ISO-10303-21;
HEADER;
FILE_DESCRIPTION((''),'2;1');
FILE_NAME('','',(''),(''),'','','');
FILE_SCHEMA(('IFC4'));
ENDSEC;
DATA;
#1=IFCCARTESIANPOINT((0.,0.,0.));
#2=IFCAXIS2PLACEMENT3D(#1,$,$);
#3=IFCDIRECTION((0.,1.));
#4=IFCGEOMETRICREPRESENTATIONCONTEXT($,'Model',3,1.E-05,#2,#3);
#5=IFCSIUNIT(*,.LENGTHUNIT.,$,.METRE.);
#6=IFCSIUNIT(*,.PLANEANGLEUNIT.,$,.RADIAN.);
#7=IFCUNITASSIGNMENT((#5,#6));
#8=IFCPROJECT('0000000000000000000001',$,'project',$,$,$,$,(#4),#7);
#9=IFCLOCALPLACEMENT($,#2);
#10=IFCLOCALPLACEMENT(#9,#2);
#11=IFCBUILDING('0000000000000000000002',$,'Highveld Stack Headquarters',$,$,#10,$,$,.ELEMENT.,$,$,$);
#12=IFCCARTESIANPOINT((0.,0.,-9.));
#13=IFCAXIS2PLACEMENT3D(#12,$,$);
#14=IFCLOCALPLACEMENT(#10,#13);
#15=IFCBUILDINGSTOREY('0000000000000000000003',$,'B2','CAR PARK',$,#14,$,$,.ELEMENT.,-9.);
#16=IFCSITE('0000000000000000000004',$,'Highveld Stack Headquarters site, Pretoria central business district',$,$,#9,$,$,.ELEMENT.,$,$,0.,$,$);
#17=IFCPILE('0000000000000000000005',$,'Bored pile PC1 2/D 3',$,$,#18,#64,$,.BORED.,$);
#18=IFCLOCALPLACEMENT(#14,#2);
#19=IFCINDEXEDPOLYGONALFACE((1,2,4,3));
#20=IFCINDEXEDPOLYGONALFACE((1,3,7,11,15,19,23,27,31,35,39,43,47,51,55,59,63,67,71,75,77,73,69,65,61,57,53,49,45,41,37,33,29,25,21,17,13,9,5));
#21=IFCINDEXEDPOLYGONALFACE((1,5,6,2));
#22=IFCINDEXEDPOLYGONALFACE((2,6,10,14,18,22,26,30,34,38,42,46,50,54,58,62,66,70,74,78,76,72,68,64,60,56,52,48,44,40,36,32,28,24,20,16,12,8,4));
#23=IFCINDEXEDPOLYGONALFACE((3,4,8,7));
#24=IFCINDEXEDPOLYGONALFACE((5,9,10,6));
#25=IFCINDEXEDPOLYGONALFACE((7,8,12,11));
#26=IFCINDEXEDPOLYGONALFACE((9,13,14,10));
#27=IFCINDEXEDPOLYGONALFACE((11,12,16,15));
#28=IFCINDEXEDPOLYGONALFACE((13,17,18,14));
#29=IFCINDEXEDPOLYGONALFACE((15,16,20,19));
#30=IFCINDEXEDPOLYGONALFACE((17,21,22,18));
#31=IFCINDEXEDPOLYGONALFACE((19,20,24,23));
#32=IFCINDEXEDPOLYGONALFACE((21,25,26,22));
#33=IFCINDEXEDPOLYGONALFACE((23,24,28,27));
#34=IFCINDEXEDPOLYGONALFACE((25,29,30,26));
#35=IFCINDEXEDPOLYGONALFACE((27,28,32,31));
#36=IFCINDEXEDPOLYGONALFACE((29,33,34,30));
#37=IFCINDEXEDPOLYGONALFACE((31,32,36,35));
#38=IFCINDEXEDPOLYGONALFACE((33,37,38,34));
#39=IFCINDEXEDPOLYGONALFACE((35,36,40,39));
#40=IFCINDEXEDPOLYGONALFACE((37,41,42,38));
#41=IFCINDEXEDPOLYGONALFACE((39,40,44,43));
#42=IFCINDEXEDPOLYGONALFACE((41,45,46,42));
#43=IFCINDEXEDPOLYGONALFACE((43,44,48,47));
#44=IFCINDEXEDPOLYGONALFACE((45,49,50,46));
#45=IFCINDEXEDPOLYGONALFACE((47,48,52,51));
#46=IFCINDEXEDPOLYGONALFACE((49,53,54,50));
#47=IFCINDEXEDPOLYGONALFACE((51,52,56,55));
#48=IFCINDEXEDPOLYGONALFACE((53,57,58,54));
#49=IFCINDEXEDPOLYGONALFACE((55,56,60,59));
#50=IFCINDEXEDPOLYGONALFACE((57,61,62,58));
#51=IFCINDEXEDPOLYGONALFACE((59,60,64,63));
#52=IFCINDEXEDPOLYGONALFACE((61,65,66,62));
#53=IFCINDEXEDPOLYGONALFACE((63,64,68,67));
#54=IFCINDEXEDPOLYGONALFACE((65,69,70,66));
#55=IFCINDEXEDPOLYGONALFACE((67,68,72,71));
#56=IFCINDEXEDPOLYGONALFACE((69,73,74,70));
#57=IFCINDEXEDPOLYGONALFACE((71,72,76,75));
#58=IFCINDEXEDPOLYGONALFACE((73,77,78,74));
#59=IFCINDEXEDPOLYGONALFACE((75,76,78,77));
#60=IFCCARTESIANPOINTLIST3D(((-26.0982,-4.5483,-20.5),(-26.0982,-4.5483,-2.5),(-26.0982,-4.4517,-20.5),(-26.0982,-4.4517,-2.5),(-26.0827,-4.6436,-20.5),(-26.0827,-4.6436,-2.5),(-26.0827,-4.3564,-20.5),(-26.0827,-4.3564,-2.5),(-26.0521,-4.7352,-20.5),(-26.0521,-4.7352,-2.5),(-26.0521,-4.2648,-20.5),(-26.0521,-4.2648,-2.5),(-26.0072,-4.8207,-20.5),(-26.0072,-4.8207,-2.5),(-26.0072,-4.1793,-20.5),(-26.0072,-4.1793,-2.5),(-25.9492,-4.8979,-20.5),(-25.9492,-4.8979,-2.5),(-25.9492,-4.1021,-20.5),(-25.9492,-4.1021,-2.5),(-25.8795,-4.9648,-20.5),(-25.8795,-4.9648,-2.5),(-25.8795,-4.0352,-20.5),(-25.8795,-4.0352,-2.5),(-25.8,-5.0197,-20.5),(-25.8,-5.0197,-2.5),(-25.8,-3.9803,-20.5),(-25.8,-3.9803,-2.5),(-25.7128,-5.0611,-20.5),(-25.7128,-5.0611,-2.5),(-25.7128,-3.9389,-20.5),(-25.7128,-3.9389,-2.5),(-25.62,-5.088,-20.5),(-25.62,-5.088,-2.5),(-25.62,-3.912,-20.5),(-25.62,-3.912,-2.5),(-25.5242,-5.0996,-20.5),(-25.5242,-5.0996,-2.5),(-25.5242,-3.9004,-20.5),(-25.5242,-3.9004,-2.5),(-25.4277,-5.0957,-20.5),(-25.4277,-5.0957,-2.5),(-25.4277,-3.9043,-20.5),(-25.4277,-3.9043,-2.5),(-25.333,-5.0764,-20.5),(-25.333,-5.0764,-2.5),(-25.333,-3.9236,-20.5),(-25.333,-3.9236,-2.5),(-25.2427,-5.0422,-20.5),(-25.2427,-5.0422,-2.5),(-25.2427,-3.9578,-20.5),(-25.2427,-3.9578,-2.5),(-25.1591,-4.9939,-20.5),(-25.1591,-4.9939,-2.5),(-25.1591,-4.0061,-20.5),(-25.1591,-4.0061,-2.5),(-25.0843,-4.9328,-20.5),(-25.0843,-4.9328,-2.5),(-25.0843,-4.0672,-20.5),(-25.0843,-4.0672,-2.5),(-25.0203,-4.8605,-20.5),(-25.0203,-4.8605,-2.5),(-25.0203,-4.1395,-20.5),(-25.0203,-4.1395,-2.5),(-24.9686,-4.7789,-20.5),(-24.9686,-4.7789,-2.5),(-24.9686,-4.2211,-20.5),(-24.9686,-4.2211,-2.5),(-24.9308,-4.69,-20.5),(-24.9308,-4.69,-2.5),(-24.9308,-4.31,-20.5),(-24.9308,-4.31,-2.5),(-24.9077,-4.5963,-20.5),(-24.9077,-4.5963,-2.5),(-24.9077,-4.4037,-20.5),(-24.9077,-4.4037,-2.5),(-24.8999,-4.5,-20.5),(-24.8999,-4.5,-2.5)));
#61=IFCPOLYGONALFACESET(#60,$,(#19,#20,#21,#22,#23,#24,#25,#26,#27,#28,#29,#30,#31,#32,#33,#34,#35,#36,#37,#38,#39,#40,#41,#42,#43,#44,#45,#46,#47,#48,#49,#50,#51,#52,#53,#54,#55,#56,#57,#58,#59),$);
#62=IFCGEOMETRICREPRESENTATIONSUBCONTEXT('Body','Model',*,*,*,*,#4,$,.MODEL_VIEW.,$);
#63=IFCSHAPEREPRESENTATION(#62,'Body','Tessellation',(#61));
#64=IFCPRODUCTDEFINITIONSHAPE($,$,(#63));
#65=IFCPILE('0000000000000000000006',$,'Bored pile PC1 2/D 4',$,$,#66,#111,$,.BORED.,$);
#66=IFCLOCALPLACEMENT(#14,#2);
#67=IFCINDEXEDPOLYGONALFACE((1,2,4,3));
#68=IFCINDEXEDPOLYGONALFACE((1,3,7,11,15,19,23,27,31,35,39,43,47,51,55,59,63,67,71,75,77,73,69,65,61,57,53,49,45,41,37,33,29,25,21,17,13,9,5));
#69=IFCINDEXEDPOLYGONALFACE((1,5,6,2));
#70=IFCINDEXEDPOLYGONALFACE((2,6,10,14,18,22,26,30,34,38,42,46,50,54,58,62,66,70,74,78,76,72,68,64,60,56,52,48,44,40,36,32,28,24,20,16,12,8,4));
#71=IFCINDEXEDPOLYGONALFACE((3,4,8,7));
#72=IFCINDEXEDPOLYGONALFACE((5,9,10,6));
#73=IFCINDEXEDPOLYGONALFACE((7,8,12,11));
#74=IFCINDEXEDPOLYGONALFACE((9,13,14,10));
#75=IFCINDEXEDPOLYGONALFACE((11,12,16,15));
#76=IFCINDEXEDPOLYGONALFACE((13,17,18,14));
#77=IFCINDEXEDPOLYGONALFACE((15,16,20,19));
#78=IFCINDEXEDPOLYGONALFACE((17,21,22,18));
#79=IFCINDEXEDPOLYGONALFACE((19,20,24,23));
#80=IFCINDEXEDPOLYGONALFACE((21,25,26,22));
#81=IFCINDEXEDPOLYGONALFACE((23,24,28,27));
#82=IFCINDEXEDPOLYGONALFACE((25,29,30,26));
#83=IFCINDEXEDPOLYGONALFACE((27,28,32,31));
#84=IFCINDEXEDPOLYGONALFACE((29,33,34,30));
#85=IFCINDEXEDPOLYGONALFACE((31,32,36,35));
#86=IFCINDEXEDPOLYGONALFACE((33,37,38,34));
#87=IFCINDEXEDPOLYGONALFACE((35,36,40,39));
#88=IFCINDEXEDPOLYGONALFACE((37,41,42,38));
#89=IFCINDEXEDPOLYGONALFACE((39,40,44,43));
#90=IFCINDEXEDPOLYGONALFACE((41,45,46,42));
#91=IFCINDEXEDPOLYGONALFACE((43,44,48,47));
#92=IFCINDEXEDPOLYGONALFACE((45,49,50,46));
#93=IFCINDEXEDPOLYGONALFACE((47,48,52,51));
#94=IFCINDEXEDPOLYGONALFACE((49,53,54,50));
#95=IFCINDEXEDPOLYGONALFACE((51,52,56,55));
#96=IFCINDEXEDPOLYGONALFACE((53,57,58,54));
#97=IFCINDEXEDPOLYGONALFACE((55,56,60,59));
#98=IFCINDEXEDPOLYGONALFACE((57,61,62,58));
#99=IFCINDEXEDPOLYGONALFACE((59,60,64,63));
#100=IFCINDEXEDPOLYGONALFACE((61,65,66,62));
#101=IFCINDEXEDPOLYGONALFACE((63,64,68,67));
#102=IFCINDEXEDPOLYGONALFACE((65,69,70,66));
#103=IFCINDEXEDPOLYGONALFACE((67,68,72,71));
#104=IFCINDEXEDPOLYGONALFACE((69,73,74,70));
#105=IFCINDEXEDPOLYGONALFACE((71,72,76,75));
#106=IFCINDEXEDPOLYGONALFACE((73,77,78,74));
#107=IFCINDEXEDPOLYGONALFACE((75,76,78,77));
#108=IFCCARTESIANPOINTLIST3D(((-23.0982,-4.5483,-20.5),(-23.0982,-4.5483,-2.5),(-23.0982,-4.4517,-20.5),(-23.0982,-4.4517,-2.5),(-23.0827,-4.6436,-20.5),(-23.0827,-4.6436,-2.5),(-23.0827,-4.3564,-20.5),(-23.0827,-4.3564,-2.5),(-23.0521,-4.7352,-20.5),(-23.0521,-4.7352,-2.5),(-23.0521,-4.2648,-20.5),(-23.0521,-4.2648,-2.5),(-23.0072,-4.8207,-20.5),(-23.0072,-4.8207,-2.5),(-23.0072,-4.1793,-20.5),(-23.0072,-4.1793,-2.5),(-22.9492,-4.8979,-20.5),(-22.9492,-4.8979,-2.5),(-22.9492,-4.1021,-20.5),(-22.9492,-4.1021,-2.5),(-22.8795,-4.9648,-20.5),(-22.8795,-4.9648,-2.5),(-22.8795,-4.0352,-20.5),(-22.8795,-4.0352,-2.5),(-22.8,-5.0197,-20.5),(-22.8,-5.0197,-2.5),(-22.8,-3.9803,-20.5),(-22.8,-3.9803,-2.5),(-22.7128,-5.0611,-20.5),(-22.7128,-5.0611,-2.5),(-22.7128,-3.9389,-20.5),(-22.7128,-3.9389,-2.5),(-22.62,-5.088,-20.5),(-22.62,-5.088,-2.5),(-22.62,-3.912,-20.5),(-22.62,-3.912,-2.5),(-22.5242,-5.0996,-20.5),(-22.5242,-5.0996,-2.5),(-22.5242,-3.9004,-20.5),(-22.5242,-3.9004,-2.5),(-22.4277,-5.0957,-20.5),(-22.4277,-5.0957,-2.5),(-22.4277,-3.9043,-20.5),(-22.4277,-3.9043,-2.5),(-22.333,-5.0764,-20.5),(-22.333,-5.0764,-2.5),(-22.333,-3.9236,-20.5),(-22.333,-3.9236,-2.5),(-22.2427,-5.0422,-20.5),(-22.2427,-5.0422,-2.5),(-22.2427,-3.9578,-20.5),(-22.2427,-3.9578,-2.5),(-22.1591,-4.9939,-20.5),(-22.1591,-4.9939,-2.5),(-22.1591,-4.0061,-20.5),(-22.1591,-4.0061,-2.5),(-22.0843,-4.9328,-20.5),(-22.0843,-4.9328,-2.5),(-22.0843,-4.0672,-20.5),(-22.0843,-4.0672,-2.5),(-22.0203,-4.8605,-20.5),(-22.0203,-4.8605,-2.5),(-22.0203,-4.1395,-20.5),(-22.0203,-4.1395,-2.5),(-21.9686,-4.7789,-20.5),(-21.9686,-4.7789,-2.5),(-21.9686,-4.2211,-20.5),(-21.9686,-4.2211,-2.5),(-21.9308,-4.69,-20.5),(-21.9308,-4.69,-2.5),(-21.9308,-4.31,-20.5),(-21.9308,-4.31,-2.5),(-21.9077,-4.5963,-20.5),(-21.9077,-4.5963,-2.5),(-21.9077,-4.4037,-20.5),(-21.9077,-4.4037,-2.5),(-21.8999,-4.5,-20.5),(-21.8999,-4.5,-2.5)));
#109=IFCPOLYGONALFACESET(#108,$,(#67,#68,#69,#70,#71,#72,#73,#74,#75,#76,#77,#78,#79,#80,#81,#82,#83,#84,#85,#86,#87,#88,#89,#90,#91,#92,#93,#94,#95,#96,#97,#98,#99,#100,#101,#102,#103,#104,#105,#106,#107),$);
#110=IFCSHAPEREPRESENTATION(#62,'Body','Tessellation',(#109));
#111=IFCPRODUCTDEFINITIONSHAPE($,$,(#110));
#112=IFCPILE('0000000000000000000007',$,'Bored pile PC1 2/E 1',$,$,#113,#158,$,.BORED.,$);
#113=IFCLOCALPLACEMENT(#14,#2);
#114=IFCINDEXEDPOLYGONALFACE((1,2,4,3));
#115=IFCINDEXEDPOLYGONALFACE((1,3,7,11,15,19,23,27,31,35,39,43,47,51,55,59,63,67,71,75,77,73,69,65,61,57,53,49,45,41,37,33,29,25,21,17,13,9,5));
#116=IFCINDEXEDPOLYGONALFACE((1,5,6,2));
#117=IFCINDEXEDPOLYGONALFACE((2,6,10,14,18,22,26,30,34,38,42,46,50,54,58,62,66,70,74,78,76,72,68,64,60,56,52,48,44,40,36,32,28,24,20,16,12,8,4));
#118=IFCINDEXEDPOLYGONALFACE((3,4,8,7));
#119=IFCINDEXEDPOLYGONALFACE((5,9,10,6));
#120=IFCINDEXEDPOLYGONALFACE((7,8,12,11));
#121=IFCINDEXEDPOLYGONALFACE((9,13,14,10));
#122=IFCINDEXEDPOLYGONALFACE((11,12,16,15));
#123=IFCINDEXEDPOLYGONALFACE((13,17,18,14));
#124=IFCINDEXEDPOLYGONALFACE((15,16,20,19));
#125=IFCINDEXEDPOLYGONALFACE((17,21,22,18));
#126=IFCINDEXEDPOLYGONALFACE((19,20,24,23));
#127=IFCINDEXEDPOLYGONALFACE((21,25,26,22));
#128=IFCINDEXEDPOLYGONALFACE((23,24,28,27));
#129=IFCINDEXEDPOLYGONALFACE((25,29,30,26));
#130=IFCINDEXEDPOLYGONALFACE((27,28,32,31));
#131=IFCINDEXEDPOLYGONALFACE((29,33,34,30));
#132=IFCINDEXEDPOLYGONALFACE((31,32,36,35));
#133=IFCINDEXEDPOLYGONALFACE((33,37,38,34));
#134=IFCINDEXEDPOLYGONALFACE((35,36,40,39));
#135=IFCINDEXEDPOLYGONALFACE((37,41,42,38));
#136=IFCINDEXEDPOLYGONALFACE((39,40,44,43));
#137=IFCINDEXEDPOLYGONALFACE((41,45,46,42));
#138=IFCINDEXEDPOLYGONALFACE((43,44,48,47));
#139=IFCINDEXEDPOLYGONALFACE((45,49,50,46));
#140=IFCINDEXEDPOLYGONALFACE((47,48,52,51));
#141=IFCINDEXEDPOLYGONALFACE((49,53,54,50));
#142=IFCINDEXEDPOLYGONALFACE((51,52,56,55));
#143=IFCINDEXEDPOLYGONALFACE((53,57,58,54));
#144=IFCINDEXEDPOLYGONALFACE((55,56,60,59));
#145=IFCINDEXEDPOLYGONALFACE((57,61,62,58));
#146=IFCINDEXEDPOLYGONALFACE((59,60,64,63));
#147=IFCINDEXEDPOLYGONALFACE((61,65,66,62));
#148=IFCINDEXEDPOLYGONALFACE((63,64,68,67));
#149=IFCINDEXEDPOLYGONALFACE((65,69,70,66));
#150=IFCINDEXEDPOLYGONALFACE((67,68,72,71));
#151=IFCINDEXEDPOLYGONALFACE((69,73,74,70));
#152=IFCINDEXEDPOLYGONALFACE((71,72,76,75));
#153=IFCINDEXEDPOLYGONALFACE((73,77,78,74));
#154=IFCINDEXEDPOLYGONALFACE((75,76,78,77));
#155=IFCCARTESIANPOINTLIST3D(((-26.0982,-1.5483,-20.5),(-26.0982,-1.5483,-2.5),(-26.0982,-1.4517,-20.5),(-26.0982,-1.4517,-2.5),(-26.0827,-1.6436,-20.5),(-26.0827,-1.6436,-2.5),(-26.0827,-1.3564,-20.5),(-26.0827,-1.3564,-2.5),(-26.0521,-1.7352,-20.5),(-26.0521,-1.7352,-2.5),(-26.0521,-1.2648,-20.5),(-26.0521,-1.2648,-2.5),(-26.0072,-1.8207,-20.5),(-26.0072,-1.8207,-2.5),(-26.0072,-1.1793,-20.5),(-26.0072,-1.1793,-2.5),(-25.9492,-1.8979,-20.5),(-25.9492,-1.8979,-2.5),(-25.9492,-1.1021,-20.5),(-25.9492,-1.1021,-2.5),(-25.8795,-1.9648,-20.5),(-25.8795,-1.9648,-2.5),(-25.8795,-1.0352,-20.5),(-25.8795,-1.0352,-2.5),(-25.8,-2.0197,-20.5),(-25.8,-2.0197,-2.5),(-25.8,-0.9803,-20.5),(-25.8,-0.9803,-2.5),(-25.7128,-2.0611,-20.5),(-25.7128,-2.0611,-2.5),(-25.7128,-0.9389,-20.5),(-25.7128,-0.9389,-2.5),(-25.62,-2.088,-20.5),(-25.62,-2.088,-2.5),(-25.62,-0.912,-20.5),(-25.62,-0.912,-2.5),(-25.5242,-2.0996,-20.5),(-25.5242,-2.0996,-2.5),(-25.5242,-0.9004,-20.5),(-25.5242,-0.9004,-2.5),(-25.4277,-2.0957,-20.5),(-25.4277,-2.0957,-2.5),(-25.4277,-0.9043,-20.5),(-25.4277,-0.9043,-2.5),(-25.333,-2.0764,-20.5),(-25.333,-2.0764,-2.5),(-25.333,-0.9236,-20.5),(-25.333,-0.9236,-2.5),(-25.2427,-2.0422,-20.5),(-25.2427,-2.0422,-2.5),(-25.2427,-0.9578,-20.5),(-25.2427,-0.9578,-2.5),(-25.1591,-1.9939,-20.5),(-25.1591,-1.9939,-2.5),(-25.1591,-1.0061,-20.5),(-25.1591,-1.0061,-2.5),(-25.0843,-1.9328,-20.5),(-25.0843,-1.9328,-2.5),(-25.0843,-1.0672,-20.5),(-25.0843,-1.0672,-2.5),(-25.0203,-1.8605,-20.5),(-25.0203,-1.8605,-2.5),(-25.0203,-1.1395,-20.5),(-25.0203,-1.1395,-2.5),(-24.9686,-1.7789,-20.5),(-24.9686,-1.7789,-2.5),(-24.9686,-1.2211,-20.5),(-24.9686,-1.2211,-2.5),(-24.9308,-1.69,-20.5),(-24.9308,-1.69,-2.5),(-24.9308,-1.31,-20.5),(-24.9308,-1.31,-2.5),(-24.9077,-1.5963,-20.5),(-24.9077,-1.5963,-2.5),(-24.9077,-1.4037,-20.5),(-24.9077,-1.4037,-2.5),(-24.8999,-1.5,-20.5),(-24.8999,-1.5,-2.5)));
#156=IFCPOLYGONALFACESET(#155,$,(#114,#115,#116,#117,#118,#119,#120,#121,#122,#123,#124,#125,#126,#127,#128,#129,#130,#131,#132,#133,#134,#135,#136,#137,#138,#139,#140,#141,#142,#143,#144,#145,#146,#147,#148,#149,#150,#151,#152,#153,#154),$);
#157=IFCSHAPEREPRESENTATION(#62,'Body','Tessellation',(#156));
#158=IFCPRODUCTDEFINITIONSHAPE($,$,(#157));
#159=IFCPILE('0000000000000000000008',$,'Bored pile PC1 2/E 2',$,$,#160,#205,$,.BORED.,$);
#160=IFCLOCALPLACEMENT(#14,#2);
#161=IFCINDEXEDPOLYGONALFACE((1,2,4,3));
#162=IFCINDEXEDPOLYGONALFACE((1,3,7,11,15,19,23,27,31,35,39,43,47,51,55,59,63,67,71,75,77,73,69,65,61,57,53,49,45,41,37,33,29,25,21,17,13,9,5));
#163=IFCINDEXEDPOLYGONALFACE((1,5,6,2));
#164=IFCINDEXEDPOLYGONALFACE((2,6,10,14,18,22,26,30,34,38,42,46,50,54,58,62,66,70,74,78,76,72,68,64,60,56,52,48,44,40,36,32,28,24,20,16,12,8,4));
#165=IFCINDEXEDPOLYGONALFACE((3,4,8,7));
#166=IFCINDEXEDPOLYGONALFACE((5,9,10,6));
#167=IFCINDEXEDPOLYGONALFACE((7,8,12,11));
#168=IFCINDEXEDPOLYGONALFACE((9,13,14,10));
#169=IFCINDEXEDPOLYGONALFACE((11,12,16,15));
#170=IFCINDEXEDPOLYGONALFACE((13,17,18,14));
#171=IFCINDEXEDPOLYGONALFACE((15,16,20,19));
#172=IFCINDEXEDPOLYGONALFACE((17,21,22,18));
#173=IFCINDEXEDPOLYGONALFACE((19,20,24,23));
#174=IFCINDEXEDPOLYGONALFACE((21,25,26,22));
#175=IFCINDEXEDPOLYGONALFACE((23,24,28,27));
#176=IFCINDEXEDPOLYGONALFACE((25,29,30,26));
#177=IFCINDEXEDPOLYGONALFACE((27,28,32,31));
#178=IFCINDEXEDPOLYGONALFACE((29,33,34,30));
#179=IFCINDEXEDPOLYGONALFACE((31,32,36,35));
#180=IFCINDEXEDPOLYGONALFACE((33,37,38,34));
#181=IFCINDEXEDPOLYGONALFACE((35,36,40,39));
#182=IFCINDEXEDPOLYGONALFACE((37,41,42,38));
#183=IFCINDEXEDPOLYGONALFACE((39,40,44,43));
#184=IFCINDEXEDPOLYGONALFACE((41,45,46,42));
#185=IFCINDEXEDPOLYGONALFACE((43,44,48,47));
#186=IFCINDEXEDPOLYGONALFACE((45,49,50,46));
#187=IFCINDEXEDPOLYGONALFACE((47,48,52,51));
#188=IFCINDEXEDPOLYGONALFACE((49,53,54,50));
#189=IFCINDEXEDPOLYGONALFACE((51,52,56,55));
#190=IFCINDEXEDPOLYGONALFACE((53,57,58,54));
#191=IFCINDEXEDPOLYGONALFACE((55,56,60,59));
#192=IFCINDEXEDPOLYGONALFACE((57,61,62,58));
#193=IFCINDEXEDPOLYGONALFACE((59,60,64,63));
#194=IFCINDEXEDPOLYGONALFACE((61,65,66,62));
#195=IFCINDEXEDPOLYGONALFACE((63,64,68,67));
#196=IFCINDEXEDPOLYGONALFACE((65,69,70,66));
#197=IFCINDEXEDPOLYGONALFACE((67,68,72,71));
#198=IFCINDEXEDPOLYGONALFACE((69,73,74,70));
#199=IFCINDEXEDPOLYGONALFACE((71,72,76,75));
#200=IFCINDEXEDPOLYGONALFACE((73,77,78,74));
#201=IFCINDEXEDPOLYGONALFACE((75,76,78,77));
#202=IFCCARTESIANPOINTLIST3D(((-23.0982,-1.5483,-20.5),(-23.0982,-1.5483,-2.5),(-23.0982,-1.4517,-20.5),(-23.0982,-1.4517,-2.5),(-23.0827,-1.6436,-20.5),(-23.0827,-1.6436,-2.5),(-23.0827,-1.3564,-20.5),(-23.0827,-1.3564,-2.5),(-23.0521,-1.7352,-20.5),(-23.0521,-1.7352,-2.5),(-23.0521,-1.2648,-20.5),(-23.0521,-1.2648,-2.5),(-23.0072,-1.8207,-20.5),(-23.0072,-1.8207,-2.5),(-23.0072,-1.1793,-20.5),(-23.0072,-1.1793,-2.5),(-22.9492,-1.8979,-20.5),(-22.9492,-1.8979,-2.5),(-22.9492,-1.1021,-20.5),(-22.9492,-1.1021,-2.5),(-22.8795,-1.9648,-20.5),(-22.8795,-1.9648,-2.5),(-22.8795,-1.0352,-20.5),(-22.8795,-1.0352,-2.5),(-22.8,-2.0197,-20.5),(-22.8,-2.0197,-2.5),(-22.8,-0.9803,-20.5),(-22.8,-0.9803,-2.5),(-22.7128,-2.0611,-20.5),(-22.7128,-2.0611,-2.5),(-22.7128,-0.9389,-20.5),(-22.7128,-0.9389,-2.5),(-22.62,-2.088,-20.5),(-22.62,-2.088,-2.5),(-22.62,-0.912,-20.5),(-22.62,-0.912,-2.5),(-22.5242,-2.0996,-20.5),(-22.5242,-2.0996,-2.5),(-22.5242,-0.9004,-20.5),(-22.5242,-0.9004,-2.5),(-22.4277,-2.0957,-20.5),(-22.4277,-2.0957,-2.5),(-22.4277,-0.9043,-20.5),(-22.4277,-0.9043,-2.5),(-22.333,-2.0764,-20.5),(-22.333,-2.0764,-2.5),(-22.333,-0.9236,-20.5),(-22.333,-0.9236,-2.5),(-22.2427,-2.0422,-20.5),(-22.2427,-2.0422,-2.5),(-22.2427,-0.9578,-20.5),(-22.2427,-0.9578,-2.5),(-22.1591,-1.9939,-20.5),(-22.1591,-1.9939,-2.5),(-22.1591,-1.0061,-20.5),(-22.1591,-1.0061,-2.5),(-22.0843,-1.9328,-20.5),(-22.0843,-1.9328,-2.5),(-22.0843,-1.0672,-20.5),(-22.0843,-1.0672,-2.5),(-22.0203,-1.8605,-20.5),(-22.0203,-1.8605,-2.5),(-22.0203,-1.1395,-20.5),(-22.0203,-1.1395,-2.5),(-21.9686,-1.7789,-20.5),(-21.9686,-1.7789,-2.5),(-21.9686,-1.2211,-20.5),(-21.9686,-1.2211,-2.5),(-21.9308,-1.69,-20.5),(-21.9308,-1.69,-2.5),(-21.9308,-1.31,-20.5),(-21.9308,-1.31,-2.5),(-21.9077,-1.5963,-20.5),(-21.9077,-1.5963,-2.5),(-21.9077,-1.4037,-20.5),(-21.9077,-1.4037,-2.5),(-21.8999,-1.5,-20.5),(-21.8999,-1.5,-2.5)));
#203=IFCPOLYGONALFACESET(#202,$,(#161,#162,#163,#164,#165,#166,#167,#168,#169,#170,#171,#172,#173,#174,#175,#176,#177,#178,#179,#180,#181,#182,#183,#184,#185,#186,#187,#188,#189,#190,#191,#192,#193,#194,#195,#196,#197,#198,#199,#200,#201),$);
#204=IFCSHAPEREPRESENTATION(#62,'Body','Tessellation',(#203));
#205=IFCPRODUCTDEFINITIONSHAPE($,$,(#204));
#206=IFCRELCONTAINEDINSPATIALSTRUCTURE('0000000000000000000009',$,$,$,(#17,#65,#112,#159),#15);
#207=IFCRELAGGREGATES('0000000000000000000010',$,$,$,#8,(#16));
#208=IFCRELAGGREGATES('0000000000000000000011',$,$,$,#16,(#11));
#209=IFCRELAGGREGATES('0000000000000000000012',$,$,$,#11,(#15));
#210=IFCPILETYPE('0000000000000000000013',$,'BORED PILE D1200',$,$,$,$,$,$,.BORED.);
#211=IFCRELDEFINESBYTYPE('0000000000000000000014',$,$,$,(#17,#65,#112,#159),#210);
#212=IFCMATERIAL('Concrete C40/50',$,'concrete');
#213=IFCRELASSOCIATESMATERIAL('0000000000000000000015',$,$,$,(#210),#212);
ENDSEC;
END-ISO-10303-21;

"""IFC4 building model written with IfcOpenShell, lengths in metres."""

from ifc_helpers import new_model, si_unit, direction, frame, origin, origin_2d, place, context, subcontext, project, spatial, circle, extrude, material, type_object, element, save


model = new_model("IFC4")

# Units and contexts
model_context = context("Model", 3, precision=1e-05, world=origin(), true_north=direction((0.0, 1.0)))
body_context = subcontext(model_context, "Body", "Model", "MODEL_VIEW")
ifc_project = project(units=[si_unit("LENGTHUNIT", "METRE"), si_unit("PLANEANGLEUNIT", "RADIAN")], contexts=[model_context])

# Site, building, storey
site_placement = place(None, origin())
site = spatial("IfcSite", under=ifc_project, at=site_placement, Name="Highveld Stack Headquarters site, Pretoria central business district", CompositionType="ELEMENT", RefElevation=0.0)
building_placement = place(site_placement, origin())
building = spatial("IfcBuilding", under=site, at=building_placement, Name="Highveld Stack Headquarters", CompositionType="ELEMENT")
storey_placement = place(building_placement, frame((0.0, 0.0, -9.0)))
storey = spatial("IfcBuildingStorey", under=building, at=storey_placement, Name="B2", Description="CAR PARK", CompositionType="ELEMENT", Elevation=-9.0)

# Piles
ifc_material_1 = material(Name="Concrete C40/50", Category="concrete")
pile_type_1 = type_object("IfcPileType", Name="BORED PILE D1200", PredefinedType="BORED", material=ifc_material_1)
for number, where, z_axis, x_axis, name in (
    (1, (-25.5, -4.5, -2.5), (0.0, 0.0, -1.0), (1.0, 0.0, 0.0), "Bored pile PC1 2/D 3"),
    (2, (-22.5, -4.5, -2.5), (0.0, 0.0, -1.0), (1.0, 0.0, 0.0), "Bored pile PC1 2/D 4"),
    (3, (-25.5, -1.5, -2.5), (0.0, 0.0, -1.0), (1.0, 0.0, 0.0), "Bored pile PC1 2/E 1"),
    (4, (-22.5, -1.5, -2.5), (0.0, 0.0, -1.0), (1.0, 0.0, 0.0), "Bored pile PC1 2/E 2"),
):
    element("IfcPile", number, at=place(storey_placement, frame(where, z_axis=z_axis, x_axis=x_axis)), inside=storey, type_object=pile_type_1, Name=name, PredefinedType="BORED", context=body_context, shape_type="SweptSolid", body=[
        extrude(circle(Radius=0.6001, at=origin_2d()), origin(), (0.0, 0.0, 1.0), 18.0),
    ])

save(model, "model.ifc")
